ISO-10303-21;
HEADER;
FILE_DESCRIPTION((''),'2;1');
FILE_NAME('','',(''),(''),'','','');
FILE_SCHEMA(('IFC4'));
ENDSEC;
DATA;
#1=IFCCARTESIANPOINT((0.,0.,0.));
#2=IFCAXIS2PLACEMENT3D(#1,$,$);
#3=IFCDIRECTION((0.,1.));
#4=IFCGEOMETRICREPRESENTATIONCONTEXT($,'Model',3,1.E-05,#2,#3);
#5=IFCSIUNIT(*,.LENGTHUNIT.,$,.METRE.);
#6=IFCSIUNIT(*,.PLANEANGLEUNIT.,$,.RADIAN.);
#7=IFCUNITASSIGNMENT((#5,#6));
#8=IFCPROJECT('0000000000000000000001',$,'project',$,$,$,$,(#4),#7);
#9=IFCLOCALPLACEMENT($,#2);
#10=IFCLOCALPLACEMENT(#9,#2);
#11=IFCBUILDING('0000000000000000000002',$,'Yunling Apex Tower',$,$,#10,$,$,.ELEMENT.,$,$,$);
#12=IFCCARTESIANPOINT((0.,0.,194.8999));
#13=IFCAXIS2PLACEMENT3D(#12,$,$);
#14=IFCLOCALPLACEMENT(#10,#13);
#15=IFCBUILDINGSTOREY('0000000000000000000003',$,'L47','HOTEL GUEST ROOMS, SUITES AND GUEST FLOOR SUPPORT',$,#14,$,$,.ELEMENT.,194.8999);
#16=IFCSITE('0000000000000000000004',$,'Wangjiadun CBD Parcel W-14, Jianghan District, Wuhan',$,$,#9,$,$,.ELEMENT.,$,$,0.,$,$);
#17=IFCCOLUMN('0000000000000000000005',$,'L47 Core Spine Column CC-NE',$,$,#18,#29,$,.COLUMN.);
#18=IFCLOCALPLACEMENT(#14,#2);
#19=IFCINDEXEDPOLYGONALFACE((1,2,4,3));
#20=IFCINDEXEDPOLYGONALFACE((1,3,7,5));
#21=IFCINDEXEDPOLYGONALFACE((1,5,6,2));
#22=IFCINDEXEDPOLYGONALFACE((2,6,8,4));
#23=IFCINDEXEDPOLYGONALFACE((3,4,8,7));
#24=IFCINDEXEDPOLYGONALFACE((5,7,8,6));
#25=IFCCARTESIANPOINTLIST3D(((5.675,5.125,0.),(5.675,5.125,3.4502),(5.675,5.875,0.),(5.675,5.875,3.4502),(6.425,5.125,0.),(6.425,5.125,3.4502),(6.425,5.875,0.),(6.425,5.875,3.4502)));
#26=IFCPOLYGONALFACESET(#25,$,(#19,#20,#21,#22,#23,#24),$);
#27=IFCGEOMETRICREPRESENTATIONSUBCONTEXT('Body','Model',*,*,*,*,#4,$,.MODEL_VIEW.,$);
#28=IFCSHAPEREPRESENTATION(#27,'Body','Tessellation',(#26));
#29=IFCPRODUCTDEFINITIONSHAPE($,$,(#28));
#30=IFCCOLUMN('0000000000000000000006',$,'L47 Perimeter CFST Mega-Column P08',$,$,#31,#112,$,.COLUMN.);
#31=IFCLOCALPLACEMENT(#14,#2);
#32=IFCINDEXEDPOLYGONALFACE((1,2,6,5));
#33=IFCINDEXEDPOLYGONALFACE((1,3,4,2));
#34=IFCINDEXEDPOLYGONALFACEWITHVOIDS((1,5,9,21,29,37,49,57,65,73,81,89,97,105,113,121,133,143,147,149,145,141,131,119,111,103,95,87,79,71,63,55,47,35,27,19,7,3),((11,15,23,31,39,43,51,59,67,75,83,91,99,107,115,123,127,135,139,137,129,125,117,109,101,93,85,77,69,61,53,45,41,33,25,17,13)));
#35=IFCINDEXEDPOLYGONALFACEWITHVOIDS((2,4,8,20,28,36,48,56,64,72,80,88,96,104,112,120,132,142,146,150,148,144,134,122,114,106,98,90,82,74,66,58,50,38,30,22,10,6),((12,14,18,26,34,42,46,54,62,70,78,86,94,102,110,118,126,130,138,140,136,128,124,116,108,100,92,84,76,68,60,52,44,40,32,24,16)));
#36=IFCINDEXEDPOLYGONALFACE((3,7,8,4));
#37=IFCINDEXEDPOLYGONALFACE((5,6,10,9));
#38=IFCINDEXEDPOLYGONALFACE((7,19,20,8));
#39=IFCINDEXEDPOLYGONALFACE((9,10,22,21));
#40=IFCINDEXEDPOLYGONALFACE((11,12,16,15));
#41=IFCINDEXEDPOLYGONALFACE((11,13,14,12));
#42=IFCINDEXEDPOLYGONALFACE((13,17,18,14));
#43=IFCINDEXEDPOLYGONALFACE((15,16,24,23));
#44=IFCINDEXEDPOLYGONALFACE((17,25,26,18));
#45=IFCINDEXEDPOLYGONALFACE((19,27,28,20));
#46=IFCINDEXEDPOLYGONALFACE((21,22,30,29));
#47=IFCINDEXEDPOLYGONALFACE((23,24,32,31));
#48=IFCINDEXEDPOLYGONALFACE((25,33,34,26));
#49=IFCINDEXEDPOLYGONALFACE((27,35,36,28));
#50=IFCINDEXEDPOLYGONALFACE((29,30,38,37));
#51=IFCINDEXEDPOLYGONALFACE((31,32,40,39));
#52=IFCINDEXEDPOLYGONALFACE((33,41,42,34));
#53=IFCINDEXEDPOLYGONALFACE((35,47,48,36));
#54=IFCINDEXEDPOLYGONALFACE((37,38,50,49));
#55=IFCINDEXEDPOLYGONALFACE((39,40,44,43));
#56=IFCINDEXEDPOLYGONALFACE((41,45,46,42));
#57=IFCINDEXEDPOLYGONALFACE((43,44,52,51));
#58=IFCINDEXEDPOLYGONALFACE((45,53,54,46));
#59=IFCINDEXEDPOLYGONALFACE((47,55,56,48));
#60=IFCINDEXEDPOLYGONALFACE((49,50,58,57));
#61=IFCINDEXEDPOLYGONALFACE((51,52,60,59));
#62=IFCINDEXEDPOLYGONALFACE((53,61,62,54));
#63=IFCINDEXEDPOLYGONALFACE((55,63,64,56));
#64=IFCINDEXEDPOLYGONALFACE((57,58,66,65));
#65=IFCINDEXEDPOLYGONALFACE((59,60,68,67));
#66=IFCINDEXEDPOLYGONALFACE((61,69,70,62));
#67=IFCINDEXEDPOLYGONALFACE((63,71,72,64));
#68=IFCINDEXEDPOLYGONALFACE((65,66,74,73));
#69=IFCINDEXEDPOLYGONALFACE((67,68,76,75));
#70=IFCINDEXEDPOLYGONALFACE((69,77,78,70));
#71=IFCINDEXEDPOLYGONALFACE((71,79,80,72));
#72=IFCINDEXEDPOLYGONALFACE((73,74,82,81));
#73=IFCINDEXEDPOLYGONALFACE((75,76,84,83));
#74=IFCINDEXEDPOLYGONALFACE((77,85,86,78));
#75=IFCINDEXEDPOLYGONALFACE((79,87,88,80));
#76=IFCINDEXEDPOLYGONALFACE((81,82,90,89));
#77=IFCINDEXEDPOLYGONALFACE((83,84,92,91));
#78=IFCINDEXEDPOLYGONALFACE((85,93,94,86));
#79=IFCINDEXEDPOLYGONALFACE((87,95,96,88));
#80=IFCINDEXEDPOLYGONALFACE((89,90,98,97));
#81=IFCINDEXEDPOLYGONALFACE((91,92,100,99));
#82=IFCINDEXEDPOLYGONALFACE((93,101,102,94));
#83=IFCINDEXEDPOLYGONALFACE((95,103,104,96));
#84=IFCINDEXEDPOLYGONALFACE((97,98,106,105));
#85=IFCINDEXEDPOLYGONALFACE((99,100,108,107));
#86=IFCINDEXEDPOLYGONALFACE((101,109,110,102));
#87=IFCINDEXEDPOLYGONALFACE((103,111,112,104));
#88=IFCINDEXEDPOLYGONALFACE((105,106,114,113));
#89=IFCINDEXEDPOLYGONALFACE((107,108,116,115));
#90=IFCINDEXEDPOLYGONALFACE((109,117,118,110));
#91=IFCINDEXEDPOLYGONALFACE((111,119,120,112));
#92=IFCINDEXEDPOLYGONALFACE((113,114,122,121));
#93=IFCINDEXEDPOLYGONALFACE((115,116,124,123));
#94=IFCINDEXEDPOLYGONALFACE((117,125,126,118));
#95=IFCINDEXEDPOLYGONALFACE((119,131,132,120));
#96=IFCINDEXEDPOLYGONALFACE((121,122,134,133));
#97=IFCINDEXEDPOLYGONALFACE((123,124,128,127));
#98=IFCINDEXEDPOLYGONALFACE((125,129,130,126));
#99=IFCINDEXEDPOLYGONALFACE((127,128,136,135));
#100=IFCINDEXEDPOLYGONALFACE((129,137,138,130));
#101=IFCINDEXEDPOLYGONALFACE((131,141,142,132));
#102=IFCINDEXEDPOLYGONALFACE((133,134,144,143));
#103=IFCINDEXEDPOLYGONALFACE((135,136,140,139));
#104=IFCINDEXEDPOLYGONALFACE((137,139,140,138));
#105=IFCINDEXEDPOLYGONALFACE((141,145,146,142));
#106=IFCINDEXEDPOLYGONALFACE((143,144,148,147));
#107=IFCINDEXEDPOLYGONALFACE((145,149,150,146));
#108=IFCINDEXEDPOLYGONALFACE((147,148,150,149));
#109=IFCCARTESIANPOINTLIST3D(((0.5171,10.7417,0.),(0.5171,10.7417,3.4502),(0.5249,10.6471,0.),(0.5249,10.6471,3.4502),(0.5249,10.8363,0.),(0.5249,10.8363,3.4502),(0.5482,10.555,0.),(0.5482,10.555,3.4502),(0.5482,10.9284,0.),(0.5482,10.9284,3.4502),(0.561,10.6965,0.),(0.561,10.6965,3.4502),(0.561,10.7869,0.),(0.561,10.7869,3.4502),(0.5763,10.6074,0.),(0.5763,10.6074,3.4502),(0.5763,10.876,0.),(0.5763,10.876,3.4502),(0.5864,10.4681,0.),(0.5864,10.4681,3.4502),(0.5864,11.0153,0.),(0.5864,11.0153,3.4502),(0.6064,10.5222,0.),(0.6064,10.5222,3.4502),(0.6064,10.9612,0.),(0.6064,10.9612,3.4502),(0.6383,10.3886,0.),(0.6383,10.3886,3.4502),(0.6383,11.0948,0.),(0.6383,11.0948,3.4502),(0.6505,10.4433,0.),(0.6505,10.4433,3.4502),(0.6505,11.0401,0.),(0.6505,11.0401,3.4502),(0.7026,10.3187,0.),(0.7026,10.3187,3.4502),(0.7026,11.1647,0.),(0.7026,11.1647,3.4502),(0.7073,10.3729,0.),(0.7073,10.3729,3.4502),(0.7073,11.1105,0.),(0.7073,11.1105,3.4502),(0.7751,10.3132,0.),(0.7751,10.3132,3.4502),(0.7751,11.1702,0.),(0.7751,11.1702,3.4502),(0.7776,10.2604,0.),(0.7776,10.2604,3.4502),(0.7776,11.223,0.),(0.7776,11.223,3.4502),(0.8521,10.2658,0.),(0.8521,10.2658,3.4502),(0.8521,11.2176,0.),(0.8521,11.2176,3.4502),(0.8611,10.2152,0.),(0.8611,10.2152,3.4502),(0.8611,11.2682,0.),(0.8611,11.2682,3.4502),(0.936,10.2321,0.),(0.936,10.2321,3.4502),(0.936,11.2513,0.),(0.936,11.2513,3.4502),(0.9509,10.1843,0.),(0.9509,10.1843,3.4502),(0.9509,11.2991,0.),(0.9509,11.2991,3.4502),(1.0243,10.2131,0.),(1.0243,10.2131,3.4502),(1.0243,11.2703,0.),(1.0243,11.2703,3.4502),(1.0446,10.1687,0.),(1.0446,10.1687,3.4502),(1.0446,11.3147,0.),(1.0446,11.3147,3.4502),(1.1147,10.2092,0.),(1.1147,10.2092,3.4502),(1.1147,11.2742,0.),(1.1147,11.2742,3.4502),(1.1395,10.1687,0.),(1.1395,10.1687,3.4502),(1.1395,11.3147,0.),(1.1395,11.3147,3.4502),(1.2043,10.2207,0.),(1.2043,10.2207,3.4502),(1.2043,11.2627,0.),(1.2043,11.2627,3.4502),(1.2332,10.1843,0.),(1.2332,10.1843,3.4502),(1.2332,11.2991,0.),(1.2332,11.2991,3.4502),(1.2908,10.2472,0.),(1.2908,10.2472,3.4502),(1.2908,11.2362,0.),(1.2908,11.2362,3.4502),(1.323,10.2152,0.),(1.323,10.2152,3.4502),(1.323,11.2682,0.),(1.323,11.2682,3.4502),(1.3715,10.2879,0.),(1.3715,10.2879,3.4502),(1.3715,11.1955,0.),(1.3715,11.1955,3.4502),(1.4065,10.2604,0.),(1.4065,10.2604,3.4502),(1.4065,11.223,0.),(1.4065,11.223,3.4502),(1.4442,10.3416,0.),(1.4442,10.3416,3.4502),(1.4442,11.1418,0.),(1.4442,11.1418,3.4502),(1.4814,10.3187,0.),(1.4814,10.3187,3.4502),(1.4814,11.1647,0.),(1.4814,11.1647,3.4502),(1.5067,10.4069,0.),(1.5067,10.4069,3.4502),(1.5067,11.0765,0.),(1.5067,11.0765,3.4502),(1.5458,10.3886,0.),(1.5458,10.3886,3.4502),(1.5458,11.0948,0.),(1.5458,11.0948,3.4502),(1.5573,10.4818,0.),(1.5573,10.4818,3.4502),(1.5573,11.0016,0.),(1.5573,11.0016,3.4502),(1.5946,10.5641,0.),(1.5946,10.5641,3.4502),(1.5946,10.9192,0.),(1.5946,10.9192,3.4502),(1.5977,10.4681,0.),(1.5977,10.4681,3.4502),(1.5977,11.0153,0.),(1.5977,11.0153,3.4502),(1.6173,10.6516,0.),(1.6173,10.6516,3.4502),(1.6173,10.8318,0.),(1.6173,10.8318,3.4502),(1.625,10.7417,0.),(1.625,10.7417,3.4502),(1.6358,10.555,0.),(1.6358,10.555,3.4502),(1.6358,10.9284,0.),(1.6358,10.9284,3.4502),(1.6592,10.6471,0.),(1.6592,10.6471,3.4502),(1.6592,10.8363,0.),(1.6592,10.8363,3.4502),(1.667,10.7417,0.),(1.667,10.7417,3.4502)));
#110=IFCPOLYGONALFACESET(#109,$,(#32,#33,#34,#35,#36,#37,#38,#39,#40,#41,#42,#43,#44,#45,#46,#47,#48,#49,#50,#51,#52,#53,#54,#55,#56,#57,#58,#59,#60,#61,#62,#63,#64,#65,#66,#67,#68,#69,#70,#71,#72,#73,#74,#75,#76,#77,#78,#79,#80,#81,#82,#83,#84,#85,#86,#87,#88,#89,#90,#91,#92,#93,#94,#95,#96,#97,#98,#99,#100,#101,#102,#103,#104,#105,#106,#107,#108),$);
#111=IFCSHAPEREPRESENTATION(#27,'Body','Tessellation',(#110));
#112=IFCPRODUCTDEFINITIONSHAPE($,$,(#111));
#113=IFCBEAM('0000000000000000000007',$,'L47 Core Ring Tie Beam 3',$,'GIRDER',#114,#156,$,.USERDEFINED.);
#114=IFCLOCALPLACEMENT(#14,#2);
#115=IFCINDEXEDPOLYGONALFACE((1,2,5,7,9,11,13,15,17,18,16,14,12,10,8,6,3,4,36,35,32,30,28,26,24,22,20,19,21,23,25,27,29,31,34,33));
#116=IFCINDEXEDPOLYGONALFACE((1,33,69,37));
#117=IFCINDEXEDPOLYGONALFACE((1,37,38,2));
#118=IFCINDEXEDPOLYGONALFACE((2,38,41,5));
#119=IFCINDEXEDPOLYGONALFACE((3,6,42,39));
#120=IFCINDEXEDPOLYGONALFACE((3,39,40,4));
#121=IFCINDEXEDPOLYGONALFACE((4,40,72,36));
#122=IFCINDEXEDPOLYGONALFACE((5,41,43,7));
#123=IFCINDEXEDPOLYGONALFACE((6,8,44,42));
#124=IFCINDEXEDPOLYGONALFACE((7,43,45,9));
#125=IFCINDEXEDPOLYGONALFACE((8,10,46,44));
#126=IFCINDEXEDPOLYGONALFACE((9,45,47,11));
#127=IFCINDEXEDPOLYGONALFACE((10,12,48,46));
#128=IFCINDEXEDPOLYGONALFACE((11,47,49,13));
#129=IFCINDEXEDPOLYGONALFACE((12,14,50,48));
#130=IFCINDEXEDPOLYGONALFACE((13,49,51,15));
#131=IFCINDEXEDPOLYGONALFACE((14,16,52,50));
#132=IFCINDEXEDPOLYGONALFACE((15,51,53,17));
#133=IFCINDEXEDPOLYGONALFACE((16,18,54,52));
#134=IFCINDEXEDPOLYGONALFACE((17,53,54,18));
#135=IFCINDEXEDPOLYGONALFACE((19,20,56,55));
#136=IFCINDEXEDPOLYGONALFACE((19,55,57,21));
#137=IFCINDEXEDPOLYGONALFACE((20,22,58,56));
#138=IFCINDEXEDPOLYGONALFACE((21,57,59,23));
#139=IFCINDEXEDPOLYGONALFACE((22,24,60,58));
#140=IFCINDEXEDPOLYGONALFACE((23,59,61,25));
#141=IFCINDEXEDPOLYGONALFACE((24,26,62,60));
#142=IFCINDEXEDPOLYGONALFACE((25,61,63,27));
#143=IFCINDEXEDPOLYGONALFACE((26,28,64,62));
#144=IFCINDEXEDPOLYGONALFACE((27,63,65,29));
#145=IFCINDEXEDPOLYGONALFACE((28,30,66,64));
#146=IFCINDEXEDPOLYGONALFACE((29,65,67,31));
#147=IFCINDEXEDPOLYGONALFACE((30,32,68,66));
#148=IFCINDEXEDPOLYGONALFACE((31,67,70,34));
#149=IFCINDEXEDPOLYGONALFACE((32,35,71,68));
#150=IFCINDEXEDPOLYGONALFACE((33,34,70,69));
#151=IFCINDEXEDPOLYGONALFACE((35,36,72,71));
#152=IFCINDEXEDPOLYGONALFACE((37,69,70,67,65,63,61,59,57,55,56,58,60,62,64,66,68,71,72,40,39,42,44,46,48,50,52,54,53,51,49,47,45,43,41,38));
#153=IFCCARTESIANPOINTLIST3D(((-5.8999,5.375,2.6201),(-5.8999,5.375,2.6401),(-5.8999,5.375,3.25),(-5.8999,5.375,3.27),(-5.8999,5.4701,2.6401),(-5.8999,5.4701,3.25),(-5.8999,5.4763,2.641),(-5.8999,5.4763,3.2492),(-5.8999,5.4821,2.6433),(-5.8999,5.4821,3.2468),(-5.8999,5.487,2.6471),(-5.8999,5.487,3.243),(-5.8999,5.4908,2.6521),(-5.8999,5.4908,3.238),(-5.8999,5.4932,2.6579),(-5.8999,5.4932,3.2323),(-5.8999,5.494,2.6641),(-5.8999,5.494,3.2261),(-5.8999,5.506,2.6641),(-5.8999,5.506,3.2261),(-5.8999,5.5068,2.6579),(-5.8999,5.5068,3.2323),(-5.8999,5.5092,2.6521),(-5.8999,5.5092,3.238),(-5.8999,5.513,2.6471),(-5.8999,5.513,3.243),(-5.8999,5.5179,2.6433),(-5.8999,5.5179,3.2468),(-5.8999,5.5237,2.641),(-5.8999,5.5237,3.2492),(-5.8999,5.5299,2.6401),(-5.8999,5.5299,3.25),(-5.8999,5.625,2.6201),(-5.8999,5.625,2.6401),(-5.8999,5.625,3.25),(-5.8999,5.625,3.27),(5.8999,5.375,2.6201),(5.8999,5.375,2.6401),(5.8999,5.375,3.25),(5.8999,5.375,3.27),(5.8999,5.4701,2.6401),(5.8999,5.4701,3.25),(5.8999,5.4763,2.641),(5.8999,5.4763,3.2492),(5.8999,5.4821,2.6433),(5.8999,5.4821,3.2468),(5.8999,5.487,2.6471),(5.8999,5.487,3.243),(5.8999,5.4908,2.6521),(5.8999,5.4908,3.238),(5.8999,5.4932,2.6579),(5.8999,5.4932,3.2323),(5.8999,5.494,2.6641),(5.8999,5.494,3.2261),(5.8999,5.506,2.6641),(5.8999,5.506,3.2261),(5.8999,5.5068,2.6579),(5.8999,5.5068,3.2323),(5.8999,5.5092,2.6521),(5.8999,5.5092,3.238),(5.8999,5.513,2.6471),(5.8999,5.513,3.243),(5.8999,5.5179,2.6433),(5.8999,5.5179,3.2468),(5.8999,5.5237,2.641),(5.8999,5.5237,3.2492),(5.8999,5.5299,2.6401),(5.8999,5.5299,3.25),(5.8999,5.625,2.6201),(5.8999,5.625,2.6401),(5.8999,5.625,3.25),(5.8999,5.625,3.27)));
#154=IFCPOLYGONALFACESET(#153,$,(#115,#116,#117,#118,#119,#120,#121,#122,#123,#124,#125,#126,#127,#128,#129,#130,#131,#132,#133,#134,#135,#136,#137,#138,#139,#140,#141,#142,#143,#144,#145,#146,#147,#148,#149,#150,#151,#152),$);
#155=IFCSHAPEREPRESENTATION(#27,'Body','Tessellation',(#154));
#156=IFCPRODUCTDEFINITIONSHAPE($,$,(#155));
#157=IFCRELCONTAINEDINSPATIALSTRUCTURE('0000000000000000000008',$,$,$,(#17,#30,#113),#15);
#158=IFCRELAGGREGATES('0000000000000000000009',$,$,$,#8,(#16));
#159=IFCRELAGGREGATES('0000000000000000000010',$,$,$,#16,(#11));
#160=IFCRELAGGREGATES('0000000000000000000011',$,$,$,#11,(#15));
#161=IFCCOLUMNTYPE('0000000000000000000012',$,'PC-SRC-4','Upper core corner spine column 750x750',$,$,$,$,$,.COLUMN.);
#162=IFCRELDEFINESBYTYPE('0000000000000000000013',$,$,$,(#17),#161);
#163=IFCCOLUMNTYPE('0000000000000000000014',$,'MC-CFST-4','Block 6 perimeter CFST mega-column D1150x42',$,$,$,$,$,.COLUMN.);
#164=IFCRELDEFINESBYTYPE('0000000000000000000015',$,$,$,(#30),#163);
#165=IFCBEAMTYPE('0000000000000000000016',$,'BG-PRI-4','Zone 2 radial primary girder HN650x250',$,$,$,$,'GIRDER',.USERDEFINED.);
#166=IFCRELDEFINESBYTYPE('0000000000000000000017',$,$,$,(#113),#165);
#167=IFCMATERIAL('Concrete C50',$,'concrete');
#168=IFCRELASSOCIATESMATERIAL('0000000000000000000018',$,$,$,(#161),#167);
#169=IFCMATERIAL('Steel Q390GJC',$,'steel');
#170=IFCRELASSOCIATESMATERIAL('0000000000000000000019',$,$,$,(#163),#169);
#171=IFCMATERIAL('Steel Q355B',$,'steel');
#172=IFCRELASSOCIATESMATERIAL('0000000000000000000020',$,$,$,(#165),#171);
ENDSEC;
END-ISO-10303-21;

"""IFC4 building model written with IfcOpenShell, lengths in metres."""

from ifc_helpers import new_model, si_unit, direction, frame, origin, origin_2d, place, context, subcontext, project, spatial, rectangle, hollow_circle, i_section, extrude, source, transform, mapped, material, material_profile, profile_set, type_object, element, save


model = new_model("IFC4")

# Units and contexts
model_context = context("Model", 3, precision=1e-05, world=origin(), true_north=direction((0.0, 1.0)))
body_context = subcontext(model_context, "Body", "Model", "MODEL_VIEW")
ifc_project = project(units=[si_unit("LENGTHUNIT", "METRE"), si_unit("PLANEANGLEUNIT", "RADIAN")], contexts=[model_context])

# Site, building, storey
site_placement = place(None, origin())
site = spatial("IfcSite", under=ifc_project, at=site_placement, Name="Wangjiadun CBD Parcel W-14, Jianghan District, Wuhan", CompositionType="ELEMENT", RefElevation=0.0)
building_placement = place(site_placement, origin())
building = spatial("IfcBuilding", under=site, at=building_placement, Name="Yunling Apex Tower", CompositionType="ELEMENT")
storey_placement = place(building_placement, frame((0.0, 0.0, 194.8999)))
storey = spatial("IfcBuildingStorey", under=building, at=storey_placement, Name="L47", Description="HOTEL GUEST ROOMS, SUITES AND GUEST FLOOR SUPPORT", CompositionType="ELEMENT", Elevation=194.8999)

# Columns
ifc_material_1 = material(Name="Concrete C50", Category="concrete")
ifc_material_profile_1 = material_profile(ifc_material_1, rectangle(XDim=0.75, YDim=0.75, at=origin_2d()))
ifc_profile_set_1 = profile_set([ifc_material_profile_1], Name="Concrete C50")
column_type_1 = type_object("IfcColumnType", Name="PC-SRC-4", Description="Upper core corner spine column 750x750", PredefinedType="COLUMN", material=ifc_profile_set_1)
shared_shape_1 = source(origin(), body_context, "Body", "SweptSolid", [
    extrude(rectangle(XDim=0.75, YDim=0.75, at=origin_2d()), origin(), (0.0, 0.0, 1.0), 3.4502),
])
column_1_placement = place(storey_placement, frame((6.05, 5.5, 0.0), z_axis=(0.0, 0.0, 1.0), x_axis=(1.0, 0.0, 0.0)))
element("IfcColumn", 1, at=column_1_placement, inside=storey, type_object=column_type_1, Name="L47 Core Spine Column CC-NE", PredefinedType="COLUMN", context=body_context, shape_type="MappedRepresentation", body=[
    mapped(shared_shape_1, transform((0.0, 0.0, 0.0), scale=1.0)),
])
ifc_material_2 = material(Name="Steel Q390GJC", Category="steel")
ifc_material_profile_2 = material_profile(ifc_material_2, hollow_circle(Radius=0.575, WallThickness=0.042, at=origin_2d()))
ifc_profile_set_2 = profile_set([ifc_material_profile_2], Name="Steel Q390GJC")
column_type_2 = type_object("IfcColumnType", Name="MC-CFST-4", Description="Block 6 perimeter CFST mega-column D1150x42", PredefinedType="COLUMN", material=ifc_profile_set_2)
shared_shape_2 = source(origin(), body_context, "Body", "SweptSolid", [
    extrude(hollow_circle(Radius=0.575, WallThickness=0.042, at=origin_2d()), origin(), (0.0, 0.0, 1.0), 3.4502),
])
column_2_placement = place(storey_placement, frame((1.092, 10.7417, 0.0), z_axis=(0.0, 0.0, 1.0), x_axis=(1.0, 0.0, 0.0)))
element("IfcColumn", 2, at=column_2_placement, inside=storey, type_object=column_type_2, Name="L47 Perimeter CFST Mega-Column P08", PredefinedType="COLUMN", context=body_context, shape_type="MappedRepresentation", body=[
    mapped(shared_shape_2, transform((0.0, 0.0, 0.0), scale=1.0)),
])

# Beam
ifc_material_3 = material(Name="Steel Q355B", Category="steel")
ifc_material_profile_3 = material_profile(ifc_material_3, i_section(OverallWidth=0.25, OverallDepth=0.6499, WebThickness=0.012, FlangeThickness=0.02, FilletRadius=0.0239, at=origin_2d()))
ifc_profile_set_3 = profile_set([ifc_material_profile_3], Name="Steel Q355B")
beam_type_1 = type_object("IfcBeamType", Name="BG-PRI-4", Description="Zone 2 radial primary girder HN650x250", ElementType="GIRDER", PredefinedType="USERDEFINED", material=ifc_profile_set_3)
shared_shape_3 = source(origin(), body_context, "Body", "SweptSolid", [
    extrude(i_section(OverallWidth=0.25, OverallDepth=0.6499, WebThickness=0.012, FlangeThickness=0.02, FilletRadius=0.0239, at=origin_2d()), origin(), (0.0, 0.0, 1.0), 11.7998),
])
beam_1_placement = place(storey_placement, frame((5.8999, 5.5, 2.9451), z_axis=(-1.0, 0.0, 0.0), x_axis=(0.0, -1.0, 0.0)))
element("IfcBeam", 3, at=beam_1_placement, inside=storey, type_object=beam_type_1, Name="L47 Core Ring Tie Beam 3", ObjectType="GIRDER", PredefinedType="USERDEFINED", context=body_context, shape_type="MappedRepresentation", body=[
    mapped(shared_shape_3, transform((0.0, 0.0, 0.0), scale=1.0)),
])

save(model, "model.ifc")
